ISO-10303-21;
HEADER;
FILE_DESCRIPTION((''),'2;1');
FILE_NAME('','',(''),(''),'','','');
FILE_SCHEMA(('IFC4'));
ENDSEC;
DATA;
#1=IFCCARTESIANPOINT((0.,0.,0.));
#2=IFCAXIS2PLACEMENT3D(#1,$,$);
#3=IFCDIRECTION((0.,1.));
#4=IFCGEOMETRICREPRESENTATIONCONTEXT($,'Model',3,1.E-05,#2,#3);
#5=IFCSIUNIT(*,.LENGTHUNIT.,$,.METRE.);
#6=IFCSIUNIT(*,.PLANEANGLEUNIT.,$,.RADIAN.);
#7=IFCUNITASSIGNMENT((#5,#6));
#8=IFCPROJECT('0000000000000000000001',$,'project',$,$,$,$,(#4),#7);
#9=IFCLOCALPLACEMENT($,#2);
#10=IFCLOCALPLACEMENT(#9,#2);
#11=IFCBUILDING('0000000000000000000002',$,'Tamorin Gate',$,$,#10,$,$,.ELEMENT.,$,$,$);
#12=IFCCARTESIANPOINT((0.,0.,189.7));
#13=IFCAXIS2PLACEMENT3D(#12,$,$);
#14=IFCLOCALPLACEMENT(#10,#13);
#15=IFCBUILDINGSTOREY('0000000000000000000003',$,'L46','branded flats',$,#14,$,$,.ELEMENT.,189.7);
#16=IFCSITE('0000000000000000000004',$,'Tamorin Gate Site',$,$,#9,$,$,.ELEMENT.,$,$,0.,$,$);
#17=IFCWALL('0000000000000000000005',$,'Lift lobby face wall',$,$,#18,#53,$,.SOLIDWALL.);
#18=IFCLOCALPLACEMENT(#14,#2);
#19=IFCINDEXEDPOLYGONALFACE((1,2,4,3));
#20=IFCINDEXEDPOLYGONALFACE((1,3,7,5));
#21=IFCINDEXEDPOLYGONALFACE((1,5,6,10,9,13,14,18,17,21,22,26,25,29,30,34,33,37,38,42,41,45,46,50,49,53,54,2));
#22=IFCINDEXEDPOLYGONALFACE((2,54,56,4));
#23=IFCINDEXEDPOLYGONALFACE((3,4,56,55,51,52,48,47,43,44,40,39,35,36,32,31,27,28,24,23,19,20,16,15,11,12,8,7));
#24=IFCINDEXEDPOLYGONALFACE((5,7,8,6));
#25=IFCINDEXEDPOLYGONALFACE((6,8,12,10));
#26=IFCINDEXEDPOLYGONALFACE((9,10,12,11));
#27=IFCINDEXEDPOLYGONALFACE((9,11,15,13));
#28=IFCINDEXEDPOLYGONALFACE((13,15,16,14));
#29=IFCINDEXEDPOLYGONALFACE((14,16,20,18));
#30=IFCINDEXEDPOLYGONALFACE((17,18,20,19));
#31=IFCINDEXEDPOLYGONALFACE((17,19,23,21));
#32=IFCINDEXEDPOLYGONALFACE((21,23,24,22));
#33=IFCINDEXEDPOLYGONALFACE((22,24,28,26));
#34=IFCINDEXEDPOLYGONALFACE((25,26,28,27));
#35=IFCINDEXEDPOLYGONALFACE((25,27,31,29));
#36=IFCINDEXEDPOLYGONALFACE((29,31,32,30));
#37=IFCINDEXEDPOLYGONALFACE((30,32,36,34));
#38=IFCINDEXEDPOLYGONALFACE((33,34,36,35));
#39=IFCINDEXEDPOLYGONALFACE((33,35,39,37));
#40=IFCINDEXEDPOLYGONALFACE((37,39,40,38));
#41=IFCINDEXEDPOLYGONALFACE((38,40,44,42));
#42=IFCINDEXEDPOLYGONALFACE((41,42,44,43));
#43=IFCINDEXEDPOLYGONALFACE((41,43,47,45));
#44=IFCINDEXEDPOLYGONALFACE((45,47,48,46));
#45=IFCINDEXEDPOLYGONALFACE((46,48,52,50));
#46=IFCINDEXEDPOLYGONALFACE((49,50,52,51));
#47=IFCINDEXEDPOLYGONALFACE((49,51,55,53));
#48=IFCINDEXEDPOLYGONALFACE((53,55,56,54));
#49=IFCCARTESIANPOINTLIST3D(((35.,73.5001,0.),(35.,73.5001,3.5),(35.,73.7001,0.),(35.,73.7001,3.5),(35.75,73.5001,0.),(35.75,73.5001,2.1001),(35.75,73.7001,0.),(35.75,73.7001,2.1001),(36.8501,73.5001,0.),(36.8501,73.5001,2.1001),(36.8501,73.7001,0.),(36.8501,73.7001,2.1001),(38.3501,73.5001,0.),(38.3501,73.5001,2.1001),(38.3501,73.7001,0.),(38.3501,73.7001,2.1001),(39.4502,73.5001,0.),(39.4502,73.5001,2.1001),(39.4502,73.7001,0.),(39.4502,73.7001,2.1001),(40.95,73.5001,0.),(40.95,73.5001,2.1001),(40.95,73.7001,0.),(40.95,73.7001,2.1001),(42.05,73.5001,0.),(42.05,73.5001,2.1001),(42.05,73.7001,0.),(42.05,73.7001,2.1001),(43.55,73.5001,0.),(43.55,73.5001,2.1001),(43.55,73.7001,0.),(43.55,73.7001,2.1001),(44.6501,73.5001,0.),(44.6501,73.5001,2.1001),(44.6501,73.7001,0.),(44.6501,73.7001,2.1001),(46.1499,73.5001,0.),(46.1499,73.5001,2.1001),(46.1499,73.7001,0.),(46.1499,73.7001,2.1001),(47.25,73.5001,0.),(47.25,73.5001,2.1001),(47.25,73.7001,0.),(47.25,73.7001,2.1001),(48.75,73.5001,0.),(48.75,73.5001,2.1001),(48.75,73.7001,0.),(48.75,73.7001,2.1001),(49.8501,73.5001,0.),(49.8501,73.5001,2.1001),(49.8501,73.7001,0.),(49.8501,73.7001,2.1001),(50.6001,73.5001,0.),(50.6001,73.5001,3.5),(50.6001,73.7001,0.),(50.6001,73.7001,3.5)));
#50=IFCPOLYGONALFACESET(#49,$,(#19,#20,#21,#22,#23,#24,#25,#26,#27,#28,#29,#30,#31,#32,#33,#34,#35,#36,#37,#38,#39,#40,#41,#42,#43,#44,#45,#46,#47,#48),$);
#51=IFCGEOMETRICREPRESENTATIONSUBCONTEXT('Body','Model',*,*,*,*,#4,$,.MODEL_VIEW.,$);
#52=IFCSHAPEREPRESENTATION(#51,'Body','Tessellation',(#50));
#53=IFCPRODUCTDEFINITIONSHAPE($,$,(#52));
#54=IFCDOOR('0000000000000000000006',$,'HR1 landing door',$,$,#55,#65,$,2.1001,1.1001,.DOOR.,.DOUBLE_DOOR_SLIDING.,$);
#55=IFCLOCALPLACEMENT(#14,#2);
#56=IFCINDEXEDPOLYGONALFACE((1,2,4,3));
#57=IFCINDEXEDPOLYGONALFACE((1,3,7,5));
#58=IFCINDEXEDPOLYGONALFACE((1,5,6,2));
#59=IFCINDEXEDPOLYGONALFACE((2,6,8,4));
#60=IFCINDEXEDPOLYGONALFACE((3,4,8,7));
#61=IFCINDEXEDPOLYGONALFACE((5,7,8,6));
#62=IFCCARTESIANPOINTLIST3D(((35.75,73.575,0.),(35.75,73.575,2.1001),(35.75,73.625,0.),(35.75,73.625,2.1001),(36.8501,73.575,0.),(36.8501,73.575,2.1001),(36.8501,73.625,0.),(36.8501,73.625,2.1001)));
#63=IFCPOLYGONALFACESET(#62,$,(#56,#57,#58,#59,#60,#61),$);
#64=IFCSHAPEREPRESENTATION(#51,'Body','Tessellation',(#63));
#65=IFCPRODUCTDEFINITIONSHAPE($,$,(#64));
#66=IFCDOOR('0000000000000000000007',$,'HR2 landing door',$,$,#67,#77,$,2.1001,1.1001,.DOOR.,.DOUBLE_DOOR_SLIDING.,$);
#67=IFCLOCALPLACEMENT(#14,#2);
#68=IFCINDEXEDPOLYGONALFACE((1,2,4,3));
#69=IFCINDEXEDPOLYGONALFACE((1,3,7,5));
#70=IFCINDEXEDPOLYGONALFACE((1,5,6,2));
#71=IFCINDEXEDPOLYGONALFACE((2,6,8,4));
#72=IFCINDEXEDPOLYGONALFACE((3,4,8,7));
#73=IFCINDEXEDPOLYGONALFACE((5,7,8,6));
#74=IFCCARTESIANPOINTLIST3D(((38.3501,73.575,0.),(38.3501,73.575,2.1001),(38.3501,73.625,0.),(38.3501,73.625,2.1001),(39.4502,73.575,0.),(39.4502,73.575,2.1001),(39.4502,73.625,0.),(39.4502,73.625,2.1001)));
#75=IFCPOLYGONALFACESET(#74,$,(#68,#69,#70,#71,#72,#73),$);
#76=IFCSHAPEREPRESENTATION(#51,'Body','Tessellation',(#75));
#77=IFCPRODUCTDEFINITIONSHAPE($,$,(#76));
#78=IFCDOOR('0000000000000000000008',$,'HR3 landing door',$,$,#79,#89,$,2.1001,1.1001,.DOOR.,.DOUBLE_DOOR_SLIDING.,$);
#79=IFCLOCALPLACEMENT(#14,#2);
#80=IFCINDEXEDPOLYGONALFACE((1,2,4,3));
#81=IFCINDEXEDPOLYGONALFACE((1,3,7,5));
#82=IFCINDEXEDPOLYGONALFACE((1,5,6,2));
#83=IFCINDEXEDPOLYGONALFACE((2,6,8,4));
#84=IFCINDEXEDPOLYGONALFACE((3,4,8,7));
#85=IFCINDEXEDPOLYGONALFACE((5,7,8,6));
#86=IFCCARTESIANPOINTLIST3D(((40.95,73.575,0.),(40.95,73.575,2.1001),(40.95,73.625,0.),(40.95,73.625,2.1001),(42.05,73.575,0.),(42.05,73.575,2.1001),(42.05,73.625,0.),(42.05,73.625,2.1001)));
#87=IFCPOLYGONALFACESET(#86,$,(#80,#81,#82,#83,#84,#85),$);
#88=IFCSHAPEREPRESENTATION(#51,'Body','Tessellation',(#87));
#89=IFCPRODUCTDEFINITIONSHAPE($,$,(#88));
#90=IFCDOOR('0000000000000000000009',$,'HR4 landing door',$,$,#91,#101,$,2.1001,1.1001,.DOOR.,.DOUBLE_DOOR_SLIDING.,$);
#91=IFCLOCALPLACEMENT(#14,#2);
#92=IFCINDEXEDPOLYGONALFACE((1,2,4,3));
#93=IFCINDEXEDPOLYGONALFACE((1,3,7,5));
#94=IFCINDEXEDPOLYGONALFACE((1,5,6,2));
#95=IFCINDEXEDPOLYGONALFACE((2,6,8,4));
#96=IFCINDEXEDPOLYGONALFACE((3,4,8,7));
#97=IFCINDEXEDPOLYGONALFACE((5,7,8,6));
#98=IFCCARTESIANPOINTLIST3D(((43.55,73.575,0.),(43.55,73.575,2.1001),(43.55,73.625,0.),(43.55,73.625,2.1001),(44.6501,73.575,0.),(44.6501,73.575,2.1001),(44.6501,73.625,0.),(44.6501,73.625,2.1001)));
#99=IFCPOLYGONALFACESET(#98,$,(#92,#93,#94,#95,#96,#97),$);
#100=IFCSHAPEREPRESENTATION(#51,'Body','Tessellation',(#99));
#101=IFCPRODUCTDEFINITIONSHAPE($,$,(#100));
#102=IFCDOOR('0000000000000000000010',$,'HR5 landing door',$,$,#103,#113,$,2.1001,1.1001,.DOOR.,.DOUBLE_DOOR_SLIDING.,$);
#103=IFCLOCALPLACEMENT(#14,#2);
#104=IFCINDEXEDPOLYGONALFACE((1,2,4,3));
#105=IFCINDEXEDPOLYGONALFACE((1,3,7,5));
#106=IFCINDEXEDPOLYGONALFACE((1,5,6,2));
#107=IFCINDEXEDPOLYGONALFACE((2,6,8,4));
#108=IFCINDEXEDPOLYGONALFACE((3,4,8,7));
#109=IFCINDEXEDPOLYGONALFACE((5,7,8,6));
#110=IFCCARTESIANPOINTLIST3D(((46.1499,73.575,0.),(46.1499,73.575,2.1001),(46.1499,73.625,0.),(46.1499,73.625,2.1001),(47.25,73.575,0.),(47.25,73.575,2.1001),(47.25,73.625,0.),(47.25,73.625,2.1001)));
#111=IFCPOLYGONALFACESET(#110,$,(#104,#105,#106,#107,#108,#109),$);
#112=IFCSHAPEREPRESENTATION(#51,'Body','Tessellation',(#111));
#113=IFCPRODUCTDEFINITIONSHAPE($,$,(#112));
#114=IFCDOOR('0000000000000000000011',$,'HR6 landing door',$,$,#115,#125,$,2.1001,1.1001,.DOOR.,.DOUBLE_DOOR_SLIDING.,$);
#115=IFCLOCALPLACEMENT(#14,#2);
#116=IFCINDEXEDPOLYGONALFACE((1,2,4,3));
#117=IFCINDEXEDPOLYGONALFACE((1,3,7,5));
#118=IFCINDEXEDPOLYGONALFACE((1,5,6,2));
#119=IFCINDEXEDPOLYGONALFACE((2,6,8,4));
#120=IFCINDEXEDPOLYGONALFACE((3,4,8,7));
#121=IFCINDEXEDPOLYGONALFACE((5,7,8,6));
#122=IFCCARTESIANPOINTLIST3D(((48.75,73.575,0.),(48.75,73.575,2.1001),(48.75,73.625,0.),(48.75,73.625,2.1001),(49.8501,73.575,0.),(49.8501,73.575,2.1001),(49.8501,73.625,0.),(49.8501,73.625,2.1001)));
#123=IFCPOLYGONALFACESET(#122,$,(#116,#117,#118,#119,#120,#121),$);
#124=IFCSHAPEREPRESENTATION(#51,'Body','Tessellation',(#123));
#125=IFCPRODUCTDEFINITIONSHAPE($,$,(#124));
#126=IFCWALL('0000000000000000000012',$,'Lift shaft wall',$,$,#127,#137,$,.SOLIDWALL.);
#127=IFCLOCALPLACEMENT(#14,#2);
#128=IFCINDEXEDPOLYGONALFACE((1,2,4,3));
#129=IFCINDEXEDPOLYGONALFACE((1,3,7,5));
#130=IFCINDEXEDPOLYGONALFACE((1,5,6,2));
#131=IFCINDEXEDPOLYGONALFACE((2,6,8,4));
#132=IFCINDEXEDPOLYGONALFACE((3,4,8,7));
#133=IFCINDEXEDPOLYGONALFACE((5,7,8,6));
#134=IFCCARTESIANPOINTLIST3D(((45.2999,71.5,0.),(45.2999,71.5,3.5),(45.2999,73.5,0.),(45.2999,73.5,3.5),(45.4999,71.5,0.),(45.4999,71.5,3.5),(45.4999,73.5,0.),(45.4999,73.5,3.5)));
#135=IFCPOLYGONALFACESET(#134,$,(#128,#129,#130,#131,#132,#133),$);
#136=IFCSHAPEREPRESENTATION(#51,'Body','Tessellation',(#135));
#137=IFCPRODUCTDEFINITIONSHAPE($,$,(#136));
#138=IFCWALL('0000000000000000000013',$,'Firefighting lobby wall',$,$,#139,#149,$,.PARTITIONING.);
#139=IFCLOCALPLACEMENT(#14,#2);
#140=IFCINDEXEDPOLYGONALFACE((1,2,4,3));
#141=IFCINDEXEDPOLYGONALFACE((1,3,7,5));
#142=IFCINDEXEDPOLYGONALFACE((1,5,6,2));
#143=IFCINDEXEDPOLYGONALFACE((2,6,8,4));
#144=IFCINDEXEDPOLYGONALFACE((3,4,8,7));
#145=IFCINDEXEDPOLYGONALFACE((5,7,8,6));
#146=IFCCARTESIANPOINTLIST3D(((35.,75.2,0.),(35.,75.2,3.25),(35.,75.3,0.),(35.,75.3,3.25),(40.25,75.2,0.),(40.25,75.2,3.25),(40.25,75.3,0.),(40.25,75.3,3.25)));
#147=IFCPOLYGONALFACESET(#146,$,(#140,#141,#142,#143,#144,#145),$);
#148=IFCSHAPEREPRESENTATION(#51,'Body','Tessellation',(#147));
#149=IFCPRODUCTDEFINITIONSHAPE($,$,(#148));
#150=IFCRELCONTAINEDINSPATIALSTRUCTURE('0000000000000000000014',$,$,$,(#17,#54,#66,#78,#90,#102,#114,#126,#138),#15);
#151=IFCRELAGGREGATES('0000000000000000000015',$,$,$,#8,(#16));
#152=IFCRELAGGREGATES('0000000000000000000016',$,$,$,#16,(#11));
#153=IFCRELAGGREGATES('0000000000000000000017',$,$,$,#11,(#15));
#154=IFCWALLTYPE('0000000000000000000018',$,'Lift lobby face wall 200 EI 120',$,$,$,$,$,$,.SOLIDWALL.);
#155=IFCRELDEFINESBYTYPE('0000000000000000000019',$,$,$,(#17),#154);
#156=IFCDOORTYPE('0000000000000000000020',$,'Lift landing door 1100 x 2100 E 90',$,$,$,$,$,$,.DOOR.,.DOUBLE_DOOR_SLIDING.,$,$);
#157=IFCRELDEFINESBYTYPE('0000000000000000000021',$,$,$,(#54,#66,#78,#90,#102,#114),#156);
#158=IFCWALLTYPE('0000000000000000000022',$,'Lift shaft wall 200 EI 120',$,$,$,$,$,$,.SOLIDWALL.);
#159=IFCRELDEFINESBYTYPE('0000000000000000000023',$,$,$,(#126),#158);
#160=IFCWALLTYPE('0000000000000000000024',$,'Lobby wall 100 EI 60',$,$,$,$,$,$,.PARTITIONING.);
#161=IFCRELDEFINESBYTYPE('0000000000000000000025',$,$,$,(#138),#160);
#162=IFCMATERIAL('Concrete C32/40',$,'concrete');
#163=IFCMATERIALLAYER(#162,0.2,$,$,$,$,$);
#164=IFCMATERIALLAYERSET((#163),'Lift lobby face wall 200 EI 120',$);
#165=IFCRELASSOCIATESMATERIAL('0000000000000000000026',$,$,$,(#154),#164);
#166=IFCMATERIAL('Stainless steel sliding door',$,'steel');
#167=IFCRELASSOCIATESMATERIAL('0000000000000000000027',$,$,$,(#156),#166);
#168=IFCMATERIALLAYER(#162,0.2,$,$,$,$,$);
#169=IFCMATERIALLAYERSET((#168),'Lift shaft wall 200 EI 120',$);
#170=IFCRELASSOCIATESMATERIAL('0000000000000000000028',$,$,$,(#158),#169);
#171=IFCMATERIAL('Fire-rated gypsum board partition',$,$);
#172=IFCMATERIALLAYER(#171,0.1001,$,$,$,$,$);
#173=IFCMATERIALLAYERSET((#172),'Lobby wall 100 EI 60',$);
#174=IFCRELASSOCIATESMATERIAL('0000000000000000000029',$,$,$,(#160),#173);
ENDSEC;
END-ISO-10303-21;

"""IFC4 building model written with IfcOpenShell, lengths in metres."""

from ifc_helpers import new_model, si_unit, direction, frame, frame_2d, origin, place, context, subcontext, project, spatial, rectangle, extrude, material, layer, layer_set, type_object, element, fill, save


model = new_model("IFC4")

# Units and contexts
model_context = context("Model", 3, precision=1e-05, world=origin(), true_north=direction((0.0, 1.0)))
body_context = subcontext(model_context, "Body", "Model", "MODEL_VIEW")
ifc_project = project(units=[si_unit("LENGTHUNIT", "METRE"), si_unit("PLANEANGLEUNIT", "RADIAN")], contexts=[model_context])

# Site, building, storey
site_placement = place(None, origin())
site = spatial("IfcSite", under=ifc_project, at=site_placement, Name="Tamorin Gate Site", CompositionType="ELEMENT", RefElevation=0.0)
building_placement = place(site_placement, origin())
building = spatial("IfcBuilding", under=site, at=building_placement, Name="Tamorin Gate", CompositionType="ELEMENT")
storey_placement = place(building_placement, frame((0.0, 0.0, 189.7)))
storey = spatial("IfcBuildingStorey", under=building, at=storey_placement, Name="L46", Description="branded flats", CompositionType="ELEMENT", Elevation=189.7)

# Wall, openings, doors
ifc_material_1 = material(Name="Concrete C32/40", Category="concrete")
ifc_layer_1 = layer(ifc_material_1, 0.2)
ifc_layer_set_1 = layer_set([ifc_layer_1], Name="Lift lobby face wall 200 EI 120")
wall_type_1 = type_object("IfcWallType", Name="Lift lobby face wall 200 EI 120", PredefinedType="SOLIDWALL", material=ifc_layer_set_1)
wall_1_placement = place(storey_placement, frame((35.0, 73.6001, 0.0), z_axis=(0.0, 0.0, 1.0), x_axis=(1.0, 0.0, 0.0)))
wall_1 = element("IfcWall", 1, at=wall_1_placement, inside=storey, type_object=wall_type_1, Name="Lift lobby face wall", PredefinedType="SOLIDWALL", context=body_context, shape_type="SweptSolid", body=[
    extrude(rectangle(XDim=15.6001, YDim=0.2, at=frame_2d((7.8, 0.0))), origin(), (0.0, 0.0, 1.0), 3.5),
])
opening_1_placement = place(wall_1_placement, frame((0.75, 0.0, 0.0)))
opening_1 = element("IfcOpeningElement", 2, at=opening_1_placement, cuts=wall_1, PredefinedType="OPENING", context=body_context, shape_type="SweptSolid", body=[
    extrude(rectangle(XDim=1.1001, YDim=2.1001, at=frame_2d((0.55, 1.05))), frame((0.0, 0.1099, 0.0), z_axis=(0.0, -1.0, 0.0), x_axis=(1.0, 0.0, 0.0)), (0.0, 0.0, 1.0), 0.22),
])
opening_2_placement = place(wall_1_placement, frame((3.3501, 0.0, 0.0)))
opening_2 = element("IfcOpeningElement", 3, at=opening_2_placement, cuts=wall_1, PredefinedType="OPENING", context=body_context, shape_type="SweptSolid", body=[
    extrude(rectangle(XDim=1.1001, YDim=2.1001, at=frame_2d((0.55, 1.05))), frame((0.0, 0.1099, 0.0), z_axis=(0.0, -1.0, 0.0), x_axis=(1.0, 0.0, 0.0)), (0.0, 0.0, 1.0), 0.22),
])
opening_3_placement = place(wall_1_placement, frame((5.95, 0.0, 0.0)))
opening_3 = element("IfcOpeningElement", 4, at=opening_3_placement, cuts=wall_1, PredefinedType="OPENING", context=body_context, shape_type="SweptSolid", body=[
    extrude(rectangle(XDim=1.1001, YDim=2.1001, at=frame_2d((0.55, 1.05))), frame((0.0, 0.1099, 0.0), z_axis=(0.0, -1.0, 0.0), x_axis=(1.0, 0.0, 0.0)), (0.0, 0.0, 1.0), 0.22),
])
opening_4_placement = place(wall_1_placement, frame((8.55, 0.0, 0.0)))
opening_4 = element("IfcOpeningElement", 5, at=opening_4_placement, cuts=wall_1, PredefinedType="OPENING", context=body_context, shape_type="SweptSolid", body=[
    extrude(rectangle(XDim=1.1001, YDim=2.1001, at=frame_2d((0.55, 1.05))), frame((0.0, 0.1099, 0.0), z_axis=(0.0, -1.0, 0.0), x_axis=(1.0, 0.0, 0.0)), (0.0, 0.0, 1.0), 0.22),
])
opening_5_placement = place(wall_1_placement, frame((11.1499, 0.0, 0.0)))
opening_5 = element("IfcOpeningElement", 6, at=opening_5_placement, cuts=wall_1, PredefinedType="OPENING", context=body_context, shape_type="SweptSolid", body=[
    extrude(rectangle(XDim=1.1001, YDim=2.1001, at=frame_2d((0.55, 1.05))), frame((0.0, 0.1099, 0.0), z_axis=(0.0, -1.0, 0.0), x_axis=(1.0, 0.0, 0.0)), (0.0, 0.0, 1.0), 0.22),
])
opening_6_placement = place(wall_1_placement, frame((13.75, 0.0, 0.0)))
opening_6 = element("IfcOpeningElement", 7, at=opening_6_placement, cuts=wall_1, PredefinedType="OPENING", context=body_context, shape_type="SweptSolid", body=[
    extrude(rectangle(XDim=1.1001, YDim=2.1001, at=frame_2d((0.55, 1.05))), frame((0.0, 0.1099, 0.0), z_axis=(0.0, -1.0, 0.0), x_axis=(1.0, 0.0, 0.0)), (0.0, 0.0, 1.0), 0.22),
])
ifc_material_2 = material(Name="Stainless steel sliding door", Category="steel")
door_type_1 = type_object("IfcDoorType", Name="Lift landing door 1100 x 2100 E 90", OperationType="DOUBLE_DOOR_SLIDING", PredefinedType="DOOR", material=ifc_material_2)
door_1_placement = place(opening_1_placement, origin())
door_1 = element("IfcDoor", 8, at=door_1_placement, inside=storey, type_object=door_type_1, Name="HR1 landing door", OperationType="DOUBLE_DOOR_SLIDING", OverallHeight=2.1001, OverallWidth=1.1001, PredefinedType="DOOR", context=body_context, shape_type="SweptSolid", body=[
    extrude(rectangle(XDim=1.1001, YDim=2.1001, at=frame_2d((0.55, 1.05))), frame((0.0, 0.0249, 0.0), z_axis=(0.0, -1.0, 0.0), x_axis=(1.0, 0.0, 0.0)), (0.0, 0.0, 1.0), 0.05),
])
fill(opening_1, door_1)
door_2_placement = place(opening_2_placement, origin())
door_2 = element("IfcDoor", 9, at=door_2_placement, inside=storey, type_object=door_type_1, Name="HR2 landing door", OperationType="DOUBLE_DOOR_SLIDING", OverallHeight=2.1001, OverallWidth=1.1001, PredefinedType="DOOR", context=body_context, shape_type="SweptSolid", body=[
    extrude(rectangle(XDim=1.1001, YDim=2.1001, at=frame_2d((0.55, 1.05))), frame((0.0, 0.0249, 0.0), z_axis=(0.0, -1.0, 0.0), x_axis=(1.0, 0.0, 0.0)), (0.0, 0.0, 1.0), 0.05),
])
fill(opening_2, door_2)
door_3_placement = place(opening_3_placement, origin())
door_3 = element("IfcDoor", 10, at=door_3_placement, inside=storey, type_object=door_type_1, Name="HR3 landing door", OperationType="DOUBLE_DOOR_SLIDING", OverallHeight=2.1001, OverallWidth=1.1001, PredefinedType="DOOR", context=body_context, shape_type="SweptSolid", body=[
    extrude(rectangle(XDim=1.1001, YDim=2.1001, at=frame_2d((0.55, 1.05))), frame((0.0, 0.0249, 0.0), z_axis=(0.0, -1.0, 0.0), x_axis=(1.0, 0.0, 0.0)), (0.0, 0.0, 1.0), 0.05),
])
fill(opening_3, door_3)
door_4_placement = place(opening_4_placement, origin())
door_4 = element("IfcDoor", 11, at=door_4_placement, inside=storey, type_object=door_type_1, Name="HR4 landing door", OperationType="DOUBLE_DOOR_SLIDING", OverallHeight=2.1001, OverallWidth=1.1001, PredefinedType="DOOR", context=body_context, shape_type="SweptSolid", body=[
    extrude(rectangle(XDim=1.1001, YDim=2.1001, at=frame_2d((0.55, 1.05))), frame((0.0, 0.0249, 0.0), z_axis=(0.0, -1.0, 0.0), x_axis=(1.0, 0.0, 0.0)), (0.0, 0.0, 1.0), 0.05),
])
fill(opening_4, door_4)
door_5_placement = place(opening_5_placement, origin())
door_5 = element("IfcDoor", 12, at=door_5_placement, inside=storey, type_object=door_type_1, Name="HR5 landing door", OperationType="DOUBLE_DOOR_SLIDING", OverallHeight=2.1001, OverallWidth=1.1001, PredefinedType="DOOR", context=body_context, shape_type="SweptSolid", body=[
    extrude(rectangle(XDim=1.1001, YDim=2.1001, at=frame_2d((0.55, 1.05))), frame((0.0, 0.0249, 0.0), z_axis=(0.0, -1.0, 0.0), x_axis=(1.0, 0.0, 0.0)), (0.0, 0.0, 1.0), 0.05),
])
fill(opening_5, door_5)
door_6_placement = place(opening_6_placement, origin())
door_6 = element("IfcDoor", 13, at=door_6_placement, inside=storey, type_object=door_type_1, Name="HR6 landing door", OperationType="DOUBLE_DOOR_SLIDING", OverallHeight=2.1001, OverallWidth=1.1001, PredefinedType="DOOR", context=body_context, shape_type="SweptSolid", body=[
    extrude(rectangle(XDim=1.1001, YDim=2.1001, at=frame_2d((0.55, 1.05))), frame((0.0, 0.0249, 0.0), z_axis=(0.0, -1.0, 0.0), x_axis=(1.0, 0.0, 0.0)), (0.0, 0.0, 1.0), 0.05),
])
fill(opening_6, door_6)

# Walls
ifc_layer_2 = layer(ifc_material_1, 0.2)
ifc_layer_set_2 = layer_set([ifc_layer_2], Name="Lift shaft wall 200 EI 120")
wall_type_2 = type_object("IfcWallType", Name="Lift shaft wall 200 EI 120", PredefinedType="SOLIDWALL", material=ifc_layer_set_2)
wall_2_placement = place(storey_placement, frame((45.3999, 71.5, 0.0), z_axis=(0.0, 0.0, 1.0), x_axis=(0.0, 1.0, 0.0)))
element("IfcWall", 14, at=wall_2_placement, inside=storey, type_object=wall_type_2, Name="Lift shaft wall", PredefinedType="SOLIDWALL", context=body_context, shape_type="SweptSolid", body=[
    extrude(rectangle(XDim=2.0, YDim=0.2, at=frame_2d((1.0, 0.0))), origin(), (0.0, 0.0, 1.0), 3.5),
])
ifc_material_3 = material(Name="Fire-rated gypsum board partition")
ifc_layer_3 = layer(ifc_material_3, 0.1001)
ifc_layer_set_3 = layer_set([ifc_layer_3], Name="Lobby wall 100 EI 60")
wall_type_3 = type_object("IfcWallType", Name="Lobby wall 100 EI 60", PredefinedType="PARTITIONING", material=ifc_layer_set_3)
wall_3_placement = place(storey_placement, frame((35.0, 75.25, 0.0), z_axis=(0.0, 0.0, 1.0), x_axis=(1.0, 0.0, 0.0)))
element("IfcWall", 15, at=wall_3_placement, inside=storey, type_object=wall_type_3, Name="Firefighting lobby wall", PredefinedType="PARTITIONING", context=body_context, shape_type="SweptSolid", body=[
    extrude(rectangle(XDim=5.25, YDim=0.1001, at=frame_2d((2.625, 0.0))), origin(), (0.0, 0.0, 1.0), 3.25),
])

save(model, "model.ifc")
